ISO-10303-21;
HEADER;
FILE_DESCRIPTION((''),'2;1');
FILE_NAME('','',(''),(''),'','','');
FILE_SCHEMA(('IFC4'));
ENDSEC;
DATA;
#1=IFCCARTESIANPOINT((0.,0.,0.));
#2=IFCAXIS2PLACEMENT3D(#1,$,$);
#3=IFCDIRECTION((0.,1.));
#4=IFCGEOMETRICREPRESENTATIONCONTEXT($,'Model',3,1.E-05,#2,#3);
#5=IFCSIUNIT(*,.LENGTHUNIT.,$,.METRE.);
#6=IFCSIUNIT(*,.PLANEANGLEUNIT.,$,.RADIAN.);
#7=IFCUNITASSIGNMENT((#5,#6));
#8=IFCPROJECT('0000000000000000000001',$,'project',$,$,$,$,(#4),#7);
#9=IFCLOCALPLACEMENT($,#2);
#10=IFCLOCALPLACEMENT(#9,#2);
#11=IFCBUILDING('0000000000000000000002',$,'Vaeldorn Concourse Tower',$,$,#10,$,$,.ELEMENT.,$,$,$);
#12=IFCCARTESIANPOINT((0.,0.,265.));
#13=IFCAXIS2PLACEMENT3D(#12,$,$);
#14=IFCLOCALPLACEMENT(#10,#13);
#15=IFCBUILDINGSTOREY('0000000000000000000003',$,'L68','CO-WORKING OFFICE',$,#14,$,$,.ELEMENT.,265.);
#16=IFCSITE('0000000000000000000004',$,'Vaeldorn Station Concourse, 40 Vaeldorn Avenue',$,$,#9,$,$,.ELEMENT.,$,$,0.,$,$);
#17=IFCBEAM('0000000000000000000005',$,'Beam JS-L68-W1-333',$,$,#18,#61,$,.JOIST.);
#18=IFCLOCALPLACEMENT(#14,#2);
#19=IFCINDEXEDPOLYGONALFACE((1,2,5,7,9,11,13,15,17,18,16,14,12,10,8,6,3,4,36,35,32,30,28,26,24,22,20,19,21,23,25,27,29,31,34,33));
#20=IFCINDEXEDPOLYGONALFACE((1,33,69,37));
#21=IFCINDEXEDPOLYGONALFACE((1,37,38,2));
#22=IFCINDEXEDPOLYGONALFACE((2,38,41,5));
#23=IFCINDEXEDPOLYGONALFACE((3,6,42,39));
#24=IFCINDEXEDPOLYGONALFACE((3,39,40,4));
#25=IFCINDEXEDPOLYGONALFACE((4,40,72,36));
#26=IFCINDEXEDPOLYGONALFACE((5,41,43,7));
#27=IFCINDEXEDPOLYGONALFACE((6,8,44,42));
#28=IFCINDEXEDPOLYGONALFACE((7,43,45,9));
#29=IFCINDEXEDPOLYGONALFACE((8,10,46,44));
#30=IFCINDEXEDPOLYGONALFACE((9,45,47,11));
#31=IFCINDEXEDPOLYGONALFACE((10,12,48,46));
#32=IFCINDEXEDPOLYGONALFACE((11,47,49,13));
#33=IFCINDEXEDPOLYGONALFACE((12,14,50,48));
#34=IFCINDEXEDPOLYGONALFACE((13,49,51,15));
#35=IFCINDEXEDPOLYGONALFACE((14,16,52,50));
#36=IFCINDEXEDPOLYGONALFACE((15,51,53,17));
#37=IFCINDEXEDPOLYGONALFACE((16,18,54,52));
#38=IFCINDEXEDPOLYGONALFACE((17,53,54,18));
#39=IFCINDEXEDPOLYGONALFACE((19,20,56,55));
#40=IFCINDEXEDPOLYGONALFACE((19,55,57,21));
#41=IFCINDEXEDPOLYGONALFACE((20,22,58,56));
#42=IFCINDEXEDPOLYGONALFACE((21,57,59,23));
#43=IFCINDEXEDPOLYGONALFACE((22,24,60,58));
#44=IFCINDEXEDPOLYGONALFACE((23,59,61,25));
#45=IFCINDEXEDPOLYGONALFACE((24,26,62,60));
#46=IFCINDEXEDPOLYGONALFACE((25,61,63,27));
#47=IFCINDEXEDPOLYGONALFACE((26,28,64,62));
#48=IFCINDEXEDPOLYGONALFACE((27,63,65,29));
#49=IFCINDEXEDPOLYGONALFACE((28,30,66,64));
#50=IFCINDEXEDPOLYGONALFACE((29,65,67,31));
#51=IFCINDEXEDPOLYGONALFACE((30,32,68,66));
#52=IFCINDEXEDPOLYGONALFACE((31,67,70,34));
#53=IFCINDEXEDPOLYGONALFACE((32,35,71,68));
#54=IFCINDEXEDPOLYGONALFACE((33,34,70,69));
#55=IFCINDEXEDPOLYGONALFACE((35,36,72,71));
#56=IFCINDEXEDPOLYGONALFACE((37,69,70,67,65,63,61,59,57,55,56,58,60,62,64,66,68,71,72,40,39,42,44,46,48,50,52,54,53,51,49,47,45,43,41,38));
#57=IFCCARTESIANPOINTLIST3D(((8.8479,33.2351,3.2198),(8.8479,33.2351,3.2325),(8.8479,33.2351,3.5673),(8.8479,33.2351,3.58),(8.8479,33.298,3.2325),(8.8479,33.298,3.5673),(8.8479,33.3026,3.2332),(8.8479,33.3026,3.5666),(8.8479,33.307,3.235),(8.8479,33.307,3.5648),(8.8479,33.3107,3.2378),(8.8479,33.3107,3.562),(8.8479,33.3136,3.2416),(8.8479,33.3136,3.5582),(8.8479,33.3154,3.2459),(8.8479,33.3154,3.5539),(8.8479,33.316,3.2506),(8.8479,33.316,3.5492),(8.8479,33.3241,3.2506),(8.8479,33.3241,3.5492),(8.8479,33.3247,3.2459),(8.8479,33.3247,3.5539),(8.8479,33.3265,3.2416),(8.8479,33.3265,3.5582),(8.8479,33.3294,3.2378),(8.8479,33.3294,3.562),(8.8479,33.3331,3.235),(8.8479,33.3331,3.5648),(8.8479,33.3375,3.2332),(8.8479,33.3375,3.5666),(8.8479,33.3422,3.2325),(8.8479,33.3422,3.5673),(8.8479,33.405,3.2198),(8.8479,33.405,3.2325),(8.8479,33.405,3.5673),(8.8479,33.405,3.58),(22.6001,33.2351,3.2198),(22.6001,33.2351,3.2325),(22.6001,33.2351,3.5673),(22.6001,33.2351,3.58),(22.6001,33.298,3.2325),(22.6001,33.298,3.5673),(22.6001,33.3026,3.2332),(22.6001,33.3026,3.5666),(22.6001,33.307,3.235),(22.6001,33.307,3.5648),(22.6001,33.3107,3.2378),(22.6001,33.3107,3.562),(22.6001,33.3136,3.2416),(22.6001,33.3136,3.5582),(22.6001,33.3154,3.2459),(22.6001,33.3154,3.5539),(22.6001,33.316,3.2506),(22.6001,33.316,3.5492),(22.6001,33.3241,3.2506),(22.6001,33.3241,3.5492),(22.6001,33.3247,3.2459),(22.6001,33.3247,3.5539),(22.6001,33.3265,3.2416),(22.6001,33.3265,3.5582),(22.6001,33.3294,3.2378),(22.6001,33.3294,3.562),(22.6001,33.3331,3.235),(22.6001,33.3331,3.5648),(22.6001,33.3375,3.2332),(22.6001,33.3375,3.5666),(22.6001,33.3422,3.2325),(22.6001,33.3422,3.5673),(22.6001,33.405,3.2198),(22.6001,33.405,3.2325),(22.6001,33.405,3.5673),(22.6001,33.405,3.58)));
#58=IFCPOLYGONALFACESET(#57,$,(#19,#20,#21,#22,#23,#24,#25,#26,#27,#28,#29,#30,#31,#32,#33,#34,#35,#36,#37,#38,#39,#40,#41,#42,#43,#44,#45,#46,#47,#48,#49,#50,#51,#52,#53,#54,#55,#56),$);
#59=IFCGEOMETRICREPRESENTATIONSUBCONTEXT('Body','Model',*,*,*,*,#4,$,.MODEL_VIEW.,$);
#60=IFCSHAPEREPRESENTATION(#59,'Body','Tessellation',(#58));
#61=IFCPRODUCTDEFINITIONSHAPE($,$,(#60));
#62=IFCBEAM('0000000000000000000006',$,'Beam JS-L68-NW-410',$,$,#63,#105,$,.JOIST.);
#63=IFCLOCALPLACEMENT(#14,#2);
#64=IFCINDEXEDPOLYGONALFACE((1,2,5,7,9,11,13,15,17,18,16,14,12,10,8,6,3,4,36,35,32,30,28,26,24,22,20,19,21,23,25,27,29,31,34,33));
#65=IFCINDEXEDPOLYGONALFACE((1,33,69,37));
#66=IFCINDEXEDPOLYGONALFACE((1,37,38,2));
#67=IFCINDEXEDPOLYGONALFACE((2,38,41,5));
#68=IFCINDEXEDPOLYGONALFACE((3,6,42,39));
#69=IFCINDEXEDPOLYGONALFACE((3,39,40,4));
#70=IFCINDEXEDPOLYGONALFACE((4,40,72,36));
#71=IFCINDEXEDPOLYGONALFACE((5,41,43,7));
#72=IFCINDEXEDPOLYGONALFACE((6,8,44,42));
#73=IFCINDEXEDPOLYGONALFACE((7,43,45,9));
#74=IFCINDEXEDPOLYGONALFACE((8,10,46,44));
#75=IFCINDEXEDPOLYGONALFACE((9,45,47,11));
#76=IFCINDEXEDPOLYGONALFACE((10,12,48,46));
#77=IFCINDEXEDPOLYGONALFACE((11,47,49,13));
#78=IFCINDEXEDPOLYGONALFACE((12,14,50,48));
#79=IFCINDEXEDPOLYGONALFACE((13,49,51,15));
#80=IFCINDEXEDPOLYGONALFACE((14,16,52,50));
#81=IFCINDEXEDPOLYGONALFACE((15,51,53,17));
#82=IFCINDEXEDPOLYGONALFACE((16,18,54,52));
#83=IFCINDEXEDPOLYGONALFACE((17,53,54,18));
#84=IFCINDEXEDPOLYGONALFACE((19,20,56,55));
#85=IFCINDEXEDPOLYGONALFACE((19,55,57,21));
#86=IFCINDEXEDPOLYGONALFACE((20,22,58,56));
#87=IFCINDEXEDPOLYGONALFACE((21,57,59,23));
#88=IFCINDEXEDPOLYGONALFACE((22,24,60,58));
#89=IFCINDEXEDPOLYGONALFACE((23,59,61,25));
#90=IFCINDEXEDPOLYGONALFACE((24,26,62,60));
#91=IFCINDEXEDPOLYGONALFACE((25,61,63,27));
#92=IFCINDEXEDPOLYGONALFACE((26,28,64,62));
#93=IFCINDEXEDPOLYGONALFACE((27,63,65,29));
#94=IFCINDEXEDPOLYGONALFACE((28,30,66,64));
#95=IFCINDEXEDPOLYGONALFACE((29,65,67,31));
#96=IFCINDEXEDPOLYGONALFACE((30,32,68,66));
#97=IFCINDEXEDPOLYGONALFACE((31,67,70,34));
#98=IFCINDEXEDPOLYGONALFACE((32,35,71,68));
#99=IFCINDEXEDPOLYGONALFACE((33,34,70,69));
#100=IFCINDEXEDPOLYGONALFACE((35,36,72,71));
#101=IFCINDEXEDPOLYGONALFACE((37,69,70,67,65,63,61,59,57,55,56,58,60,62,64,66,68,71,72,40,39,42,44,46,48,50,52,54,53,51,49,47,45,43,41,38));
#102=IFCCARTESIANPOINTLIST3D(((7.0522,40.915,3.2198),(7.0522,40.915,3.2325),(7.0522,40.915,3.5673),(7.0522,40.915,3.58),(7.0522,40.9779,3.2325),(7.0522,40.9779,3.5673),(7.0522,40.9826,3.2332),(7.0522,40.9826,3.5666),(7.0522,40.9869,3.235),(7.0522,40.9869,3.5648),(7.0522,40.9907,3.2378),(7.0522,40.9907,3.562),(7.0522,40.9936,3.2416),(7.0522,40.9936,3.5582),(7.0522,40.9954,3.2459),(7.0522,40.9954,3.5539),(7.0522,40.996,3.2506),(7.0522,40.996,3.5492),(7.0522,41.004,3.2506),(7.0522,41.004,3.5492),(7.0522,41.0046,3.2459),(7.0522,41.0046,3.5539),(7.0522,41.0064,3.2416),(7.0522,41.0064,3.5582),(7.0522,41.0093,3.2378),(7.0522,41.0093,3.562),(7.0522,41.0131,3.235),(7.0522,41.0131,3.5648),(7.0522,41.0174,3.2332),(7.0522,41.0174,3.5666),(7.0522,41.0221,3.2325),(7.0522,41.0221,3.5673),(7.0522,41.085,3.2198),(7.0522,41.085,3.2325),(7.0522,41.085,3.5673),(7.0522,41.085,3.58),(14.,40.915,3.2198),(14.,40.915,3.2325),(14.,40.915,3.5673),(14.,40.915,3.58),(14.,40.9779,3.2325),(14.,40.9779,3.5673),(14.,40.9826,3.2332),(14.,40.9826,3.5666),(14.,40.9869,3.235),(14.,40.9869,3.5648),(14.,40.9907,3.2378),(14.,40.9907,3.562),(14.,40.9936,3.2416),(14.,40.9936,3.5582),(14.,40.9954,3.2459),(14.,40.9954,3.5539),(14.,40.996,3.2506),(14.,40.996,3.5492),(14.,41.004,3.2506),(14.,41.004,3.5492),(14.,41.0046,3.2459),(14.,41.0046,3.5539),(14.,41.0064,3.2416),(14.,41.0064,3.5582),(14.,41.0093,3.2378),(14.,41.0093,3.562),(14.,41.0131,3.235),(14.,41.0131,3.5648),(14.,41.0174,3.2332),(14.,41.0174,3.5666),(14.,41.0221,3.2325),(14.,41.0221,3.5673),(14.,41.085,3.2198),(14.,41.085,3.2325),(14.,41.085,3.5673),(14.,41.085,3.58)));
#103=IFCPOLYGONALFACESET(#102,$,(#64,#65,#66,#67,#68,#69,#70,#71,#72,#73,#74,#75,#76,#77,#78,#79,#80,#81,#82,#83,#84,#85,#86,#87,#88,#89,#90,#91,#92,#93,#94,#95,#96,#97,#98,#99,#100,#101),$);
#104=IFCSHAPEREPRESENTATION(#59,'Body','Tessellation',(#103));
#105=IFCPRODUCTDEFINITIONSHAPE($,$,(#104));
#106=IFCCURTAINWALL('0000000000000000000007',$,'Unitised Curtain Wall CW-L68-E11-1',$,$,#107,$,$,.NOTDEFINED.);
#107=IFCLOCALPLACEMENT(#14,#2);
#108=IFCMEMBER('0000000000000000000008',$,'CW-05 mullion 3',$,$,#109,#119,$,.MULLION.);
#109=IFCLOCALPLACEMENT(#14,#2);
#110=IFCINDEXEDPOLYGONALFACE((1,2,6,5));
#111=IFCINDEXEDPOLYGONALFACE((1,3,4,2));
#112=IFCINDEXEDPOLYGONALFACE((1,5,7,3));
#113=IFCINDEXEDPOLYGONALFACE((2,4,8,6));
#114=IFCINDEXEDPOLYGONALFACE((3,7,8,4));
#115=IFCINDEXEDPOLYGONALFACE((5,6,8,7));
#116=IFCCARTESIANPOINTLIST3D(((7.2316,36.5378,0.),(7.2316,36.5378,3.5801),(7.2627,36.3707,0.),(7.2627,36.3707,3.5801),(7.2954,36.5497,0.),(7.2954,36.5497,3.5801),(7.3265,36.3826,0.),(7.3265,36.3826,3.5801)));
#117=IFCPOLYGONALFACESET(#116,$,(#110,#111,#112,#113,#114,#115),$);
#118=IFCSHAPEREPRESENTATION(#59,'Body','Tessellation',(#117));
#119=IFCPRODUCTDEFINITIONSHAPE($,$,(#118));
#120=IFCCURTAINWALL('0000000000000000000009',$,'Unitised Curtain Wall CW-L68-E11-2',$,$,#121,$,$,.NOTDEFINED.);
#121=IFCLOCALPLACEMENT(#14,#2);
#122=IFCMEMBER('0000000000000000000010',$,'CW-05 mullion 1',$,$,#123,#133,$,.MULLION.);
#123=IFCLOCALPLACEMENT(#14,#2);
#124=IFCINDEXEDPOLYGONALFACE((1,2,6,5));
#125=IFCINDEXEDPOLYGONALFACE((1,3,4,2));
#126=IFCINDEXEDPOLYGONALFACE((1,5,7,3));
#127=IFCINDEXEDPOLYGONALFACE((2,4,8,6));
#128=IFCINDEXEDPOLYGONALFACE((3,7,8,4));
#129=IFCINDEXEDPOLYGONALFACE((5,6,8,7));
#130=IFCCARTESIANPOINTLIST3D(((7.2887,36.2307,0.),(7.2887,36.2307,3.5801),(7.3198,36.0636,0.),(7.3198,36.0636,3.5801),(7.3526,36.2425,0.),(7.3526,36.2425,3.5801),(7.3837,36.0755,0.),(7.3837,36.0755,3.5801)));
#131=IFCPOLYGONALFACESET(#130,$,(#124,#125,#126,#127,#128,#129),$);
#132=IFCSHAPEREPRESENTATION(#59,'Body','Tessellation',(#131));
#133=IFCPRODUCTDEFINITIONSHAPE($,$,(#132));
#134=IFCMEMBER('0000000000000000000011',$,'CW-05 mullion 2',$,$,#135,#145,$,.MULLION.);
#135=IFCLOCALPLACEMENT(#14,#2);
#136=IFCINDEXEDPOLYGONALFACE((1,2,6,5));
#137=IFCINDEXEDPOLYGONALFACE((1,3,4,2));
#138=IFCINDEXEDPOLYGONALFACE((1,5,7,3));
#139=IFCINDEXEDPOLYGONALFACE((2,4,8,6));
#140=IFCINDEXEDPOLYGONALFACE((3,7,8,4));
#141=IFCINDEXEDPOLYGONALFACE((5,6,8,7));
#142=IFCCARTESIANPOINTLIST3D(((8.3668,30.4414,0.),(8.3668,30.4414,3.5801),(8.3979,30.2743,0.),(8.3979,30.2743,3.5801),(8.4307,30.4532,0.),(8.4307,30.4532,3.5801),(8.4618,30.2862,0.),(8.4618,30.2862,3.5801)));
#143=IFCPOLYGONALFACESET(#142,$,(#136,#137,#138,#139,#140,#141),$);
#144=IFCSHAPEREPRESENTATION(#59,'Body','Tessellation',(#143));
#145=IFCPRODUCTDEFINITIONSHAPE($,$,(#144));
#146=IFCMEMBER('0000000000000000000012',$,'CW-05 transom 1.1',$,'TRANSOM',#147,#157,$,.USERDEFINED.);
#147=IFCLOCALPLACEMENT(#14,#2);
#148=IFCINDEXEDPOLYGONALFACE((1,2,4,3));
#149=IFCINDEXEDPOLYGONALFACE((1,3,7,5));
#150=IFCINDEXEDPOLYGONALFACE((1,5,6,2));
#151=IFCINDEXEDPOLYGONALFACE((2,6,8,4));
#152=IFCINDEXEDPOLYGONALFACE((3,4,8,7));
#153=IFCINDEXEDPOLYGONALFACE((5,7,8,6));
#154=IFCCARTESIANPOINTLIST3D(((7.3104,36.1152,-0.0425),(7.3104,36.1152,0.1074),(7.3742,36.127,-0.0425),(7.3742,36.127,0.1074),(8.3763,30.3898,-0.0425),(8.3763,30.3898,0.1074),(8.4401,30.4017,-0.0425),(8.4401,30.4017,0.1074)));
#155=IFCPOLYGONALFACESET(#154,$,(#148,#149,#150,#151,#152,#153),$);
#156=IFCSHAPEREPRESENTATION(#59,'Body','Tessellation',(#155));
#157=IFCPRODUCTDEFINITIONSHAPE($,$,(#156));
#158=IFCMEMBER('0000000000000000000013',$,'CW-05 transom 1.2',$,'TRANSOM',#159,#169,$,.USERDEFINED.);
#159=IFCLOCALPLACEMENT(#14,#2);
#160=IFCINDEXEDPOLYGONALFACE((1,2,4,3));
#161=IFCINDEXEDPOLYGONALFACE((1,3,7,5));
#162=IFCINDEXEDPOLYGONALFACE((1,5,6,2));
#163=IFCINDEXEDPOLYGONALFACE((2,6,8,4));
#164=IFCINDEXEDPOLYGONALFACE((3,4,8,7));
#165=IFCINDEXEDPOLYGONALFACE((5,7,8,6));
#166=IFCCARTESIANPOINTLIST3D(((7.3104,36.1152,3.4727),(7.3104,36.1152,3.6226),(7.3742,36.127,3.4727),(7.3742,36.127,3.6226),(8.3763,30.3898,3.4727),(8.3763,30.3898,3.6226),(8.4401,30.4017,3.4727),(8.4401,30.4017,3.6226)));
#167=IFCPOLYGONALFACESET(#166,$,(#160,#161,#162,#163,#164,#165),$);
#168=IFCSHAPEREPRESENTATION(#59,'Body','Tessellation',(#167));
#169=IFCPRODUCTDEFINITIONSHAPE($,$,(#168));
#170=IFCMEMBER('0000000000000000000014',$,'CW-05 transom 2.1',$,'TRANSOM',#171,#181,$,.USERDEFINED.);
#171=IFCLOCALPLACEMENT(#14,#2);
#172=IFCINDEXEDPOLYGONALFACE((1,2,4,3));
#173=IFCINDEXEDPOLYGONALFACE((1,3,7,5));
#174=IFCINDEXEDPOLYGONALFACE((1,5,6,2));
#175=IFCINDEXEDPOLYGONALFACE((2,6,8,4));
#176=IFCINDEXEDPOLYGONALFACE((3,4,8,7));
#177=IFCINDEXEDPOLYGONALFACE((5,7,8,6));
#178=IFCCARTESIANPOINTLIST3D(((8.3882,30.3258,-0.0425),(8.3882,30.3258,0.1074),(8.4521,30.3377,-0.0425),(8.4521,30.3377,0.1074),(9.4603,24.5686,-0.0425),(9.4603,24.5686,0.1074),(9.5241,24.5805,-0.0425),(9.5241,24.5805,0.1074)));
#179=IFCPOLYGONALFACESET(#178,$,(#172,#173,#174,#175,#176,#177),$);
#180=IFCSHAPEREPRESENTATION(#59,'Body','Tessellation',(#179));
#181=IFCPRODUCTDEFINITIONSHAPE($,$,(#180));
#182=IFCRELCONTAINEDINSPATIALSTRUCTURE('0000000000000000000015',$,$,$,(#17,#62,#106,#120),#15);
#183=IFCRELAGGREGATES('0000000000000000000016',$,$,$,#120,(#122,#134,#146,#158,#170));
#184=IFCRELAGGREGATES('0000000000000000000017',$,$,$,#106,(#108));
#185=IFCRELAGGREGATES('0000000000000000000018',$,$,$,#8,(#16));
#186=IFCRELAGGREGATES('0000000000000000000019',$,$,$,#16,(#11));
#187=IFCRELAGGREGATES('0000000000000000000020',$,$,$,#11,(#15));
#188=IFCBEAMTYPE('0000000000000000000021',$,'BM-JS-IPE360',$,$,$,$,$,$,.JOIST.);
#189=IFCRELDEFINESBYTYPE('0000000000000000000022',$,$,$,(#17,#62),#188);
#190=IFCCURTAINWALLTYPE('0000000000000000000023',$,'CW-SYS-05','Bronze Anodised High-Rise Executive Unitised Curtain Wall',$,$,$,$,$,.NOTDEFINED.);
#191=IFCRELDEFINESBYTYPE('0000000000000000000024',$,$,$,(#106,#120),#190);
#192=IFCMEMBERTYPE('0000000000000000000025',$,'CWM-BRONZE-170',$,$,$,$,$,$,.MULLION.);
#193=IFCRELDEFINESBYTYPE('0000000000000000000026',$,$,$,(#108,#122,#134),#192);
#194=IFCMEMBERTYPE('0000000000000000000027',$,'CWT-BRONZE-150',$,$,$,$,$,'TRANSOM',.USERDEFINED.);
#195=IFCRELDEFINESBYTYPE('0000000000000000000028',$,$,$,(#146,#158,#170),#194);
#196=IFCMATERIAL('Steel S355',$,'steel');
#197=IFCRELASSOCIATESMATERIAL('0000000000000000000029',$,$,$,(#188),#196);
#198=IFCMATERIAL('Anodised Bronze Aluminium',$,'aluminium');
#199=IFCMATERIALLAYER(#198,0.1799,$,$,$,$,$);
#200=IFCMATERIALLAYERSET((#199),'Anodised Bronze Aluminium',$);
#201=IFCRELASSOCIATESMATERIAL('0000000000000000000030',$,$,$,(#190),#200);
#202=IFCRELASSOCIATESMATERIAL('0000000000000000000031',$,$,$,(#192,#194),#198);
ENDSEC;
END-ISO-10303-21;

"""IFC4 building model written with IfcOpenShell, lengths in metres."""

from ifc_helpers import new_model, si_unit, direction, frame, origin, origin_2d, place, context, subcontext, project, spatial, rectangle, i_section, extrude, source, transform, mapped, material, layer, layer_set, material_profile, profile_set, type_object, element, aggregate, save


model = new_model("IFC4")

# Units and contexts
model_context = context("Model", 3, precision=1e-05, world=origin(), true_north=direction((0.0, 1.0)))
body_context = subcontext(model_context, "Body", "Model", "MODEL_VIEW")
ifc_project = project(units=[si_unit("LENGTHUNIT", "METRE"), si_unit("PLANEANGLEUNIT", "RADIAN")], contexts=[model_context])

# Site, building, storey
site_placement = place(None, origin())
site = spatial("IfcSite", under=ifc_project, at=site_placement, Name="Vaeldorn Station Concourse, 40 Vaeldorn Avenue", CompositionType="ELEMENT", RefElevation=0.0)
building_placement = place(site_placement, origin())
building = spatial("IfcBuilding", under=site, at=building_placement, Name="Vaeldorn Concourse Tower", CompositionType="ELEMENT")
storey_placement = place(building_placement, frame((0.0, 0.0, 265.0)))
storey = spatial("IfcBuildingStorey", under=building, at=storey_placement, Name="L68", Description="CO-WORKING OFFICE", CompositionType="ELEMENT", Elevation=265.0)

# Shared definitions
ifc_material_1 = material(Name="Steel S355", Category="steel")

# Beams
ifc_material_profile_1 = material_profile(ifc_material_1, i_section(OverallWidth=0.1699, OverallDepth=0.3601, WebThickness=0.0081, FlangeThickness=0.0127, FilletRadius=0.0181, at=origin_2d()), Name="IPE 360")
ifc_profile_set_1 = profile_set([ifc_material_profile_1], Name="Steel S355")
beam_type_1 = type_object("IfcBeamType", Name="BM-JS-IPE360", PredefinedType="JOIST", material=ifc_profile_set_1)
shared_shape_1 = source(origin(), body_context, "Body", "SweptSolid", [
    extrude(i_section(OverallWidth=0.1699, OverallDepth=0.3601, WebThickness=0.0081, FlangeThickness=0.0127, FilletRadius=0.0181, at=origin_2d()), origin(), (0.0, 0.0, 1.0), 13.7522),
])
beam_1_placement = place(storey_placement, frame((8.8479, 33.3201, 3.3999), z_axis=(1.0, 0.0, 0.0), x_axis=(0.0, 1.0, 0.0)))
element("IfcBeam", 1, at=beam_1_placement, inside=storey, type_object=beam_type_1, Name="Beam JS-L68-W1-333", PredefinedType="JOIST", context=body_context, shape_type="MappedRepresentation", body=[
    mapped(shared_shape_1, transform((0.0, 0.0, 0.0), scale=1.0)),
])
shared_shape_2 = source(origin(), body_context, "Body", "SweptSolid", [
    extrude(i_section(OverallWidth=0.1699, OverallDepth=0.3601, WebThickness=0.0081, FlangeThickness=0.0127, FilletRadius=0.0181, at=origin_2d()), origin(), (0.0, 0.0, 1.0), 6.9478),
])
beam_2_placement = place(storey_placement, frame((7.0522, 41.0, 3.3999), z_axis=(1.0, 0.0, 0.0), x_axis=(0.0, 1.0, 0.0)))
element("IfcBeam", 2, at=beam_2_placement, inside=storey, type_object=beam_type_1, Name="Beam JS-L68-NW-410", PredefinedType="JOIST", context=body_context, shape_type="MappedRepresentation", body=[
    mapped(shared_shape_2, transform((0.0, 0.0, 0.0), scale=1.0)),
])

# Curtain wall, member
ifc_material_2 = material(Name="Anodised Bronze Aluminium", Category="aluminium")
ifc_layer_1 = layer(ifc_material_2, 0.1799)
ifc_layer_set_1 = layer_set([ifc_layer_1], Name="Anodised Bronze Aluminium")
curtain_wall_type = type_object("IfcCurtainWallType", Name="CW-SYS-05", Description="Bronze Anodised High-Rise Executive Unitised Curtain Wall", PredefinedType="NOTDEFINED", material=ifc_layer_set_1)
curtain_wall_1_placement = place(storey_placement, origin())
curtain_wall_1 = element("IfcCurtainWall", 3, at=curtain_wall_1_placement, inside=storey, type_object=curtain_wall_type, Name="Unitised Curtain Wall CW-L68-E11-1", PredefinedType="NOTDEFINED")
ifc_material_profile_2 = material_profile(ifc_material_2, rectangle(XDim=0.0649, YDim=0.1699, at=origin_2d()), Name="CWM 65x170")
ifc_profile_set_2 = profile_set([ifc_material_profile_2], Name="Anodised Bronze Aluminium")
member_type_1 = type_object("IfcMemberType", Name="CWM-BRONZE-170", PredefinedType="MULLION", material=ifc_profile_set_2)
shared_shape_3 = source(origin(), body_context, "Body", "SweptSolid", [
    extrude(rectangle(XDim=0.0649, YDim=0.1699, at=origin_2d()), origin(), (0.0, 0.0, 1.0), 3.5801),
])
member_1_placement = place(storey_placement, frame((7.2791, 36.4602, 0.0), z_axis=(0.0, 0.0, 1.0), x_axis=(0.983103, 0.183054, 0.0)))
member_1 = element("IfcMember", 4, at=member_1_placement, type_object=member_type_1, Name="CW-05 mullion 3", PredefinedType="MULLION", context=body_context, shape_type="MappedRepresentation", body=[
    mapped(shared_shape_3, transform((0.0, 0.0, 0.0), scale=1.0)),
])

# Curtain wall, members
curtain_wall_2_placement = place(storey_placement, origin())
curtain_wall_2 = element("IfcCurtainWall", 5, at=curtain_wall_2_placement, inside=storey, type_object=curtain_wall_type, Name="Unitised Curtain Wall CW-L68-E11-2", PredefinedType="NOTDEFINED")
member_2_placement = place(storey_placement, frame((7.3362, 36.1531, 0.0), z_axis=(0.0, 0.0, 1.0), x_axis=(0.983103, 0.183055, 0.0)))
member_2 = element("IfcMember", 6, at=member_2_placement, type_object=member_type_1, Name="CW-05 mullion 1", PredefinedType="MULLION", context=body_context, shape_type="MappedRepresentation", body=[
    mapped(shared_shape_3, transform((0.0, 0.0, 0.0), scale=1.0)),
])
member_3_placement = place(storey_placement, frame((8.4143, 30.3638, 0.0), z_axis=(0.0, 0.0, 1.0), x_axis=(0.983103, 0.183055, 0.0)))
member_3 = element("IfcMember", 7, at=member_3_placement, type_object=member_type_1, Name="CW-05 mullion 2", PredefinedType="MULLION", context=body_context, shape_type="MappedRepresentation", body=[
    mapped(shared_shape_3, transform((0.0, 0.0, 0.0), scale=1.0)),
])
ifc_material_profile_3 = material_profile(ifc_material_2, rectangle(XDim=0.0649, YDim=0.1499, at=origin_2d()), Name="CWT 65x150")
ifc_profile_set_3 = profile_set([ifc_material_profile_3], Name="Anodised Bronze Aluminium")
member_type_2 = type_object("IfcMemberType", Name="CWT-BRONZE-150", ElementType="TRANSOM", PredefinedType="USERDEFINED", material=ifc_profile_set_3)
shared_shape_4 = source(origin(), body_context, "Body", "SweptSolid", [
    extrude(rectangle(XDim=0.0649, YDim=0.1499, at=origin_2d()), origin(), (0.0, 0.0, 1.0), 5.8237),
])
member_4_placement = place(storey_placement, frame((7.3423, 36.1211, 0.0325), z_axis=(0.18303, -0.983107, 0.0), x_axis=(0.983107, 0.18303, 0.0)))
member_4 = element("IfcMember", 8, at=member_4_placement, type_object=member_type_2, Name="CW-05 transom 1.1", ObjectType="TRANSOM", PredefinedType="USERDEFINED", context=body_context, shape_type="MappedRepresentation", body=[
    mapped(shared_shape_4, transform((0.0, 0.0, 0.0), scale=1.0)),
])
member_5_placement = place(storey_placement, frame((7.3423, 36.1211, 3.5476), z_axis=(0.18303, -0.983107, 0.0), x_axis=(0.983107, 0.18303, 0.0)))
member_5 = element("IfcMember", 9, at=member_5_placement, type_object=member_type_2, Name="CW-05 transom 1.2", ObjectType="TRANSOM", PredefinedType="USERDEFINED", context=body_context, shape_type="MappedRepresentation", body=[
    mapped(shared_shape_4, transform((0.0, 0.0, 0.0), scale=1.0)),
])
shared_shape_5 = source(origin(), body_context, "Body", "SweptSolid", [
    extrude(rectangle(XDim=0.0649, YDim=0.1499, at=origin_2d()), origin(), (0.0, 0.0, 1.0), 5.8562),
])
member_6_placement = place(storey_placement, frame((8.4202, 30.3318, 0.0325), z_axis=(0.183055, -0.983103, 0.0), x_axis=(0.983103, 0.183055, 0.0)))
member_6 = element("IfcMember", 10, at=member_6_placement, type_object=member_type_2, Name="CW-05 transom 2.1", ObjectType="TRANSOM", PredefinedType="USERDEFINED", context=body_context, shape_type="MappedRepresentation", body=[
    mapped(shared_shape_5, transform((0.0, 0.0, 0.0), scale=1.0)),
])
aggregate(curtain_wall_2, [member_2, member_3, member_4, member_5, member_6])

aggregate(curtain_wall_1, [member_1])

save(model, "model.ifc")
